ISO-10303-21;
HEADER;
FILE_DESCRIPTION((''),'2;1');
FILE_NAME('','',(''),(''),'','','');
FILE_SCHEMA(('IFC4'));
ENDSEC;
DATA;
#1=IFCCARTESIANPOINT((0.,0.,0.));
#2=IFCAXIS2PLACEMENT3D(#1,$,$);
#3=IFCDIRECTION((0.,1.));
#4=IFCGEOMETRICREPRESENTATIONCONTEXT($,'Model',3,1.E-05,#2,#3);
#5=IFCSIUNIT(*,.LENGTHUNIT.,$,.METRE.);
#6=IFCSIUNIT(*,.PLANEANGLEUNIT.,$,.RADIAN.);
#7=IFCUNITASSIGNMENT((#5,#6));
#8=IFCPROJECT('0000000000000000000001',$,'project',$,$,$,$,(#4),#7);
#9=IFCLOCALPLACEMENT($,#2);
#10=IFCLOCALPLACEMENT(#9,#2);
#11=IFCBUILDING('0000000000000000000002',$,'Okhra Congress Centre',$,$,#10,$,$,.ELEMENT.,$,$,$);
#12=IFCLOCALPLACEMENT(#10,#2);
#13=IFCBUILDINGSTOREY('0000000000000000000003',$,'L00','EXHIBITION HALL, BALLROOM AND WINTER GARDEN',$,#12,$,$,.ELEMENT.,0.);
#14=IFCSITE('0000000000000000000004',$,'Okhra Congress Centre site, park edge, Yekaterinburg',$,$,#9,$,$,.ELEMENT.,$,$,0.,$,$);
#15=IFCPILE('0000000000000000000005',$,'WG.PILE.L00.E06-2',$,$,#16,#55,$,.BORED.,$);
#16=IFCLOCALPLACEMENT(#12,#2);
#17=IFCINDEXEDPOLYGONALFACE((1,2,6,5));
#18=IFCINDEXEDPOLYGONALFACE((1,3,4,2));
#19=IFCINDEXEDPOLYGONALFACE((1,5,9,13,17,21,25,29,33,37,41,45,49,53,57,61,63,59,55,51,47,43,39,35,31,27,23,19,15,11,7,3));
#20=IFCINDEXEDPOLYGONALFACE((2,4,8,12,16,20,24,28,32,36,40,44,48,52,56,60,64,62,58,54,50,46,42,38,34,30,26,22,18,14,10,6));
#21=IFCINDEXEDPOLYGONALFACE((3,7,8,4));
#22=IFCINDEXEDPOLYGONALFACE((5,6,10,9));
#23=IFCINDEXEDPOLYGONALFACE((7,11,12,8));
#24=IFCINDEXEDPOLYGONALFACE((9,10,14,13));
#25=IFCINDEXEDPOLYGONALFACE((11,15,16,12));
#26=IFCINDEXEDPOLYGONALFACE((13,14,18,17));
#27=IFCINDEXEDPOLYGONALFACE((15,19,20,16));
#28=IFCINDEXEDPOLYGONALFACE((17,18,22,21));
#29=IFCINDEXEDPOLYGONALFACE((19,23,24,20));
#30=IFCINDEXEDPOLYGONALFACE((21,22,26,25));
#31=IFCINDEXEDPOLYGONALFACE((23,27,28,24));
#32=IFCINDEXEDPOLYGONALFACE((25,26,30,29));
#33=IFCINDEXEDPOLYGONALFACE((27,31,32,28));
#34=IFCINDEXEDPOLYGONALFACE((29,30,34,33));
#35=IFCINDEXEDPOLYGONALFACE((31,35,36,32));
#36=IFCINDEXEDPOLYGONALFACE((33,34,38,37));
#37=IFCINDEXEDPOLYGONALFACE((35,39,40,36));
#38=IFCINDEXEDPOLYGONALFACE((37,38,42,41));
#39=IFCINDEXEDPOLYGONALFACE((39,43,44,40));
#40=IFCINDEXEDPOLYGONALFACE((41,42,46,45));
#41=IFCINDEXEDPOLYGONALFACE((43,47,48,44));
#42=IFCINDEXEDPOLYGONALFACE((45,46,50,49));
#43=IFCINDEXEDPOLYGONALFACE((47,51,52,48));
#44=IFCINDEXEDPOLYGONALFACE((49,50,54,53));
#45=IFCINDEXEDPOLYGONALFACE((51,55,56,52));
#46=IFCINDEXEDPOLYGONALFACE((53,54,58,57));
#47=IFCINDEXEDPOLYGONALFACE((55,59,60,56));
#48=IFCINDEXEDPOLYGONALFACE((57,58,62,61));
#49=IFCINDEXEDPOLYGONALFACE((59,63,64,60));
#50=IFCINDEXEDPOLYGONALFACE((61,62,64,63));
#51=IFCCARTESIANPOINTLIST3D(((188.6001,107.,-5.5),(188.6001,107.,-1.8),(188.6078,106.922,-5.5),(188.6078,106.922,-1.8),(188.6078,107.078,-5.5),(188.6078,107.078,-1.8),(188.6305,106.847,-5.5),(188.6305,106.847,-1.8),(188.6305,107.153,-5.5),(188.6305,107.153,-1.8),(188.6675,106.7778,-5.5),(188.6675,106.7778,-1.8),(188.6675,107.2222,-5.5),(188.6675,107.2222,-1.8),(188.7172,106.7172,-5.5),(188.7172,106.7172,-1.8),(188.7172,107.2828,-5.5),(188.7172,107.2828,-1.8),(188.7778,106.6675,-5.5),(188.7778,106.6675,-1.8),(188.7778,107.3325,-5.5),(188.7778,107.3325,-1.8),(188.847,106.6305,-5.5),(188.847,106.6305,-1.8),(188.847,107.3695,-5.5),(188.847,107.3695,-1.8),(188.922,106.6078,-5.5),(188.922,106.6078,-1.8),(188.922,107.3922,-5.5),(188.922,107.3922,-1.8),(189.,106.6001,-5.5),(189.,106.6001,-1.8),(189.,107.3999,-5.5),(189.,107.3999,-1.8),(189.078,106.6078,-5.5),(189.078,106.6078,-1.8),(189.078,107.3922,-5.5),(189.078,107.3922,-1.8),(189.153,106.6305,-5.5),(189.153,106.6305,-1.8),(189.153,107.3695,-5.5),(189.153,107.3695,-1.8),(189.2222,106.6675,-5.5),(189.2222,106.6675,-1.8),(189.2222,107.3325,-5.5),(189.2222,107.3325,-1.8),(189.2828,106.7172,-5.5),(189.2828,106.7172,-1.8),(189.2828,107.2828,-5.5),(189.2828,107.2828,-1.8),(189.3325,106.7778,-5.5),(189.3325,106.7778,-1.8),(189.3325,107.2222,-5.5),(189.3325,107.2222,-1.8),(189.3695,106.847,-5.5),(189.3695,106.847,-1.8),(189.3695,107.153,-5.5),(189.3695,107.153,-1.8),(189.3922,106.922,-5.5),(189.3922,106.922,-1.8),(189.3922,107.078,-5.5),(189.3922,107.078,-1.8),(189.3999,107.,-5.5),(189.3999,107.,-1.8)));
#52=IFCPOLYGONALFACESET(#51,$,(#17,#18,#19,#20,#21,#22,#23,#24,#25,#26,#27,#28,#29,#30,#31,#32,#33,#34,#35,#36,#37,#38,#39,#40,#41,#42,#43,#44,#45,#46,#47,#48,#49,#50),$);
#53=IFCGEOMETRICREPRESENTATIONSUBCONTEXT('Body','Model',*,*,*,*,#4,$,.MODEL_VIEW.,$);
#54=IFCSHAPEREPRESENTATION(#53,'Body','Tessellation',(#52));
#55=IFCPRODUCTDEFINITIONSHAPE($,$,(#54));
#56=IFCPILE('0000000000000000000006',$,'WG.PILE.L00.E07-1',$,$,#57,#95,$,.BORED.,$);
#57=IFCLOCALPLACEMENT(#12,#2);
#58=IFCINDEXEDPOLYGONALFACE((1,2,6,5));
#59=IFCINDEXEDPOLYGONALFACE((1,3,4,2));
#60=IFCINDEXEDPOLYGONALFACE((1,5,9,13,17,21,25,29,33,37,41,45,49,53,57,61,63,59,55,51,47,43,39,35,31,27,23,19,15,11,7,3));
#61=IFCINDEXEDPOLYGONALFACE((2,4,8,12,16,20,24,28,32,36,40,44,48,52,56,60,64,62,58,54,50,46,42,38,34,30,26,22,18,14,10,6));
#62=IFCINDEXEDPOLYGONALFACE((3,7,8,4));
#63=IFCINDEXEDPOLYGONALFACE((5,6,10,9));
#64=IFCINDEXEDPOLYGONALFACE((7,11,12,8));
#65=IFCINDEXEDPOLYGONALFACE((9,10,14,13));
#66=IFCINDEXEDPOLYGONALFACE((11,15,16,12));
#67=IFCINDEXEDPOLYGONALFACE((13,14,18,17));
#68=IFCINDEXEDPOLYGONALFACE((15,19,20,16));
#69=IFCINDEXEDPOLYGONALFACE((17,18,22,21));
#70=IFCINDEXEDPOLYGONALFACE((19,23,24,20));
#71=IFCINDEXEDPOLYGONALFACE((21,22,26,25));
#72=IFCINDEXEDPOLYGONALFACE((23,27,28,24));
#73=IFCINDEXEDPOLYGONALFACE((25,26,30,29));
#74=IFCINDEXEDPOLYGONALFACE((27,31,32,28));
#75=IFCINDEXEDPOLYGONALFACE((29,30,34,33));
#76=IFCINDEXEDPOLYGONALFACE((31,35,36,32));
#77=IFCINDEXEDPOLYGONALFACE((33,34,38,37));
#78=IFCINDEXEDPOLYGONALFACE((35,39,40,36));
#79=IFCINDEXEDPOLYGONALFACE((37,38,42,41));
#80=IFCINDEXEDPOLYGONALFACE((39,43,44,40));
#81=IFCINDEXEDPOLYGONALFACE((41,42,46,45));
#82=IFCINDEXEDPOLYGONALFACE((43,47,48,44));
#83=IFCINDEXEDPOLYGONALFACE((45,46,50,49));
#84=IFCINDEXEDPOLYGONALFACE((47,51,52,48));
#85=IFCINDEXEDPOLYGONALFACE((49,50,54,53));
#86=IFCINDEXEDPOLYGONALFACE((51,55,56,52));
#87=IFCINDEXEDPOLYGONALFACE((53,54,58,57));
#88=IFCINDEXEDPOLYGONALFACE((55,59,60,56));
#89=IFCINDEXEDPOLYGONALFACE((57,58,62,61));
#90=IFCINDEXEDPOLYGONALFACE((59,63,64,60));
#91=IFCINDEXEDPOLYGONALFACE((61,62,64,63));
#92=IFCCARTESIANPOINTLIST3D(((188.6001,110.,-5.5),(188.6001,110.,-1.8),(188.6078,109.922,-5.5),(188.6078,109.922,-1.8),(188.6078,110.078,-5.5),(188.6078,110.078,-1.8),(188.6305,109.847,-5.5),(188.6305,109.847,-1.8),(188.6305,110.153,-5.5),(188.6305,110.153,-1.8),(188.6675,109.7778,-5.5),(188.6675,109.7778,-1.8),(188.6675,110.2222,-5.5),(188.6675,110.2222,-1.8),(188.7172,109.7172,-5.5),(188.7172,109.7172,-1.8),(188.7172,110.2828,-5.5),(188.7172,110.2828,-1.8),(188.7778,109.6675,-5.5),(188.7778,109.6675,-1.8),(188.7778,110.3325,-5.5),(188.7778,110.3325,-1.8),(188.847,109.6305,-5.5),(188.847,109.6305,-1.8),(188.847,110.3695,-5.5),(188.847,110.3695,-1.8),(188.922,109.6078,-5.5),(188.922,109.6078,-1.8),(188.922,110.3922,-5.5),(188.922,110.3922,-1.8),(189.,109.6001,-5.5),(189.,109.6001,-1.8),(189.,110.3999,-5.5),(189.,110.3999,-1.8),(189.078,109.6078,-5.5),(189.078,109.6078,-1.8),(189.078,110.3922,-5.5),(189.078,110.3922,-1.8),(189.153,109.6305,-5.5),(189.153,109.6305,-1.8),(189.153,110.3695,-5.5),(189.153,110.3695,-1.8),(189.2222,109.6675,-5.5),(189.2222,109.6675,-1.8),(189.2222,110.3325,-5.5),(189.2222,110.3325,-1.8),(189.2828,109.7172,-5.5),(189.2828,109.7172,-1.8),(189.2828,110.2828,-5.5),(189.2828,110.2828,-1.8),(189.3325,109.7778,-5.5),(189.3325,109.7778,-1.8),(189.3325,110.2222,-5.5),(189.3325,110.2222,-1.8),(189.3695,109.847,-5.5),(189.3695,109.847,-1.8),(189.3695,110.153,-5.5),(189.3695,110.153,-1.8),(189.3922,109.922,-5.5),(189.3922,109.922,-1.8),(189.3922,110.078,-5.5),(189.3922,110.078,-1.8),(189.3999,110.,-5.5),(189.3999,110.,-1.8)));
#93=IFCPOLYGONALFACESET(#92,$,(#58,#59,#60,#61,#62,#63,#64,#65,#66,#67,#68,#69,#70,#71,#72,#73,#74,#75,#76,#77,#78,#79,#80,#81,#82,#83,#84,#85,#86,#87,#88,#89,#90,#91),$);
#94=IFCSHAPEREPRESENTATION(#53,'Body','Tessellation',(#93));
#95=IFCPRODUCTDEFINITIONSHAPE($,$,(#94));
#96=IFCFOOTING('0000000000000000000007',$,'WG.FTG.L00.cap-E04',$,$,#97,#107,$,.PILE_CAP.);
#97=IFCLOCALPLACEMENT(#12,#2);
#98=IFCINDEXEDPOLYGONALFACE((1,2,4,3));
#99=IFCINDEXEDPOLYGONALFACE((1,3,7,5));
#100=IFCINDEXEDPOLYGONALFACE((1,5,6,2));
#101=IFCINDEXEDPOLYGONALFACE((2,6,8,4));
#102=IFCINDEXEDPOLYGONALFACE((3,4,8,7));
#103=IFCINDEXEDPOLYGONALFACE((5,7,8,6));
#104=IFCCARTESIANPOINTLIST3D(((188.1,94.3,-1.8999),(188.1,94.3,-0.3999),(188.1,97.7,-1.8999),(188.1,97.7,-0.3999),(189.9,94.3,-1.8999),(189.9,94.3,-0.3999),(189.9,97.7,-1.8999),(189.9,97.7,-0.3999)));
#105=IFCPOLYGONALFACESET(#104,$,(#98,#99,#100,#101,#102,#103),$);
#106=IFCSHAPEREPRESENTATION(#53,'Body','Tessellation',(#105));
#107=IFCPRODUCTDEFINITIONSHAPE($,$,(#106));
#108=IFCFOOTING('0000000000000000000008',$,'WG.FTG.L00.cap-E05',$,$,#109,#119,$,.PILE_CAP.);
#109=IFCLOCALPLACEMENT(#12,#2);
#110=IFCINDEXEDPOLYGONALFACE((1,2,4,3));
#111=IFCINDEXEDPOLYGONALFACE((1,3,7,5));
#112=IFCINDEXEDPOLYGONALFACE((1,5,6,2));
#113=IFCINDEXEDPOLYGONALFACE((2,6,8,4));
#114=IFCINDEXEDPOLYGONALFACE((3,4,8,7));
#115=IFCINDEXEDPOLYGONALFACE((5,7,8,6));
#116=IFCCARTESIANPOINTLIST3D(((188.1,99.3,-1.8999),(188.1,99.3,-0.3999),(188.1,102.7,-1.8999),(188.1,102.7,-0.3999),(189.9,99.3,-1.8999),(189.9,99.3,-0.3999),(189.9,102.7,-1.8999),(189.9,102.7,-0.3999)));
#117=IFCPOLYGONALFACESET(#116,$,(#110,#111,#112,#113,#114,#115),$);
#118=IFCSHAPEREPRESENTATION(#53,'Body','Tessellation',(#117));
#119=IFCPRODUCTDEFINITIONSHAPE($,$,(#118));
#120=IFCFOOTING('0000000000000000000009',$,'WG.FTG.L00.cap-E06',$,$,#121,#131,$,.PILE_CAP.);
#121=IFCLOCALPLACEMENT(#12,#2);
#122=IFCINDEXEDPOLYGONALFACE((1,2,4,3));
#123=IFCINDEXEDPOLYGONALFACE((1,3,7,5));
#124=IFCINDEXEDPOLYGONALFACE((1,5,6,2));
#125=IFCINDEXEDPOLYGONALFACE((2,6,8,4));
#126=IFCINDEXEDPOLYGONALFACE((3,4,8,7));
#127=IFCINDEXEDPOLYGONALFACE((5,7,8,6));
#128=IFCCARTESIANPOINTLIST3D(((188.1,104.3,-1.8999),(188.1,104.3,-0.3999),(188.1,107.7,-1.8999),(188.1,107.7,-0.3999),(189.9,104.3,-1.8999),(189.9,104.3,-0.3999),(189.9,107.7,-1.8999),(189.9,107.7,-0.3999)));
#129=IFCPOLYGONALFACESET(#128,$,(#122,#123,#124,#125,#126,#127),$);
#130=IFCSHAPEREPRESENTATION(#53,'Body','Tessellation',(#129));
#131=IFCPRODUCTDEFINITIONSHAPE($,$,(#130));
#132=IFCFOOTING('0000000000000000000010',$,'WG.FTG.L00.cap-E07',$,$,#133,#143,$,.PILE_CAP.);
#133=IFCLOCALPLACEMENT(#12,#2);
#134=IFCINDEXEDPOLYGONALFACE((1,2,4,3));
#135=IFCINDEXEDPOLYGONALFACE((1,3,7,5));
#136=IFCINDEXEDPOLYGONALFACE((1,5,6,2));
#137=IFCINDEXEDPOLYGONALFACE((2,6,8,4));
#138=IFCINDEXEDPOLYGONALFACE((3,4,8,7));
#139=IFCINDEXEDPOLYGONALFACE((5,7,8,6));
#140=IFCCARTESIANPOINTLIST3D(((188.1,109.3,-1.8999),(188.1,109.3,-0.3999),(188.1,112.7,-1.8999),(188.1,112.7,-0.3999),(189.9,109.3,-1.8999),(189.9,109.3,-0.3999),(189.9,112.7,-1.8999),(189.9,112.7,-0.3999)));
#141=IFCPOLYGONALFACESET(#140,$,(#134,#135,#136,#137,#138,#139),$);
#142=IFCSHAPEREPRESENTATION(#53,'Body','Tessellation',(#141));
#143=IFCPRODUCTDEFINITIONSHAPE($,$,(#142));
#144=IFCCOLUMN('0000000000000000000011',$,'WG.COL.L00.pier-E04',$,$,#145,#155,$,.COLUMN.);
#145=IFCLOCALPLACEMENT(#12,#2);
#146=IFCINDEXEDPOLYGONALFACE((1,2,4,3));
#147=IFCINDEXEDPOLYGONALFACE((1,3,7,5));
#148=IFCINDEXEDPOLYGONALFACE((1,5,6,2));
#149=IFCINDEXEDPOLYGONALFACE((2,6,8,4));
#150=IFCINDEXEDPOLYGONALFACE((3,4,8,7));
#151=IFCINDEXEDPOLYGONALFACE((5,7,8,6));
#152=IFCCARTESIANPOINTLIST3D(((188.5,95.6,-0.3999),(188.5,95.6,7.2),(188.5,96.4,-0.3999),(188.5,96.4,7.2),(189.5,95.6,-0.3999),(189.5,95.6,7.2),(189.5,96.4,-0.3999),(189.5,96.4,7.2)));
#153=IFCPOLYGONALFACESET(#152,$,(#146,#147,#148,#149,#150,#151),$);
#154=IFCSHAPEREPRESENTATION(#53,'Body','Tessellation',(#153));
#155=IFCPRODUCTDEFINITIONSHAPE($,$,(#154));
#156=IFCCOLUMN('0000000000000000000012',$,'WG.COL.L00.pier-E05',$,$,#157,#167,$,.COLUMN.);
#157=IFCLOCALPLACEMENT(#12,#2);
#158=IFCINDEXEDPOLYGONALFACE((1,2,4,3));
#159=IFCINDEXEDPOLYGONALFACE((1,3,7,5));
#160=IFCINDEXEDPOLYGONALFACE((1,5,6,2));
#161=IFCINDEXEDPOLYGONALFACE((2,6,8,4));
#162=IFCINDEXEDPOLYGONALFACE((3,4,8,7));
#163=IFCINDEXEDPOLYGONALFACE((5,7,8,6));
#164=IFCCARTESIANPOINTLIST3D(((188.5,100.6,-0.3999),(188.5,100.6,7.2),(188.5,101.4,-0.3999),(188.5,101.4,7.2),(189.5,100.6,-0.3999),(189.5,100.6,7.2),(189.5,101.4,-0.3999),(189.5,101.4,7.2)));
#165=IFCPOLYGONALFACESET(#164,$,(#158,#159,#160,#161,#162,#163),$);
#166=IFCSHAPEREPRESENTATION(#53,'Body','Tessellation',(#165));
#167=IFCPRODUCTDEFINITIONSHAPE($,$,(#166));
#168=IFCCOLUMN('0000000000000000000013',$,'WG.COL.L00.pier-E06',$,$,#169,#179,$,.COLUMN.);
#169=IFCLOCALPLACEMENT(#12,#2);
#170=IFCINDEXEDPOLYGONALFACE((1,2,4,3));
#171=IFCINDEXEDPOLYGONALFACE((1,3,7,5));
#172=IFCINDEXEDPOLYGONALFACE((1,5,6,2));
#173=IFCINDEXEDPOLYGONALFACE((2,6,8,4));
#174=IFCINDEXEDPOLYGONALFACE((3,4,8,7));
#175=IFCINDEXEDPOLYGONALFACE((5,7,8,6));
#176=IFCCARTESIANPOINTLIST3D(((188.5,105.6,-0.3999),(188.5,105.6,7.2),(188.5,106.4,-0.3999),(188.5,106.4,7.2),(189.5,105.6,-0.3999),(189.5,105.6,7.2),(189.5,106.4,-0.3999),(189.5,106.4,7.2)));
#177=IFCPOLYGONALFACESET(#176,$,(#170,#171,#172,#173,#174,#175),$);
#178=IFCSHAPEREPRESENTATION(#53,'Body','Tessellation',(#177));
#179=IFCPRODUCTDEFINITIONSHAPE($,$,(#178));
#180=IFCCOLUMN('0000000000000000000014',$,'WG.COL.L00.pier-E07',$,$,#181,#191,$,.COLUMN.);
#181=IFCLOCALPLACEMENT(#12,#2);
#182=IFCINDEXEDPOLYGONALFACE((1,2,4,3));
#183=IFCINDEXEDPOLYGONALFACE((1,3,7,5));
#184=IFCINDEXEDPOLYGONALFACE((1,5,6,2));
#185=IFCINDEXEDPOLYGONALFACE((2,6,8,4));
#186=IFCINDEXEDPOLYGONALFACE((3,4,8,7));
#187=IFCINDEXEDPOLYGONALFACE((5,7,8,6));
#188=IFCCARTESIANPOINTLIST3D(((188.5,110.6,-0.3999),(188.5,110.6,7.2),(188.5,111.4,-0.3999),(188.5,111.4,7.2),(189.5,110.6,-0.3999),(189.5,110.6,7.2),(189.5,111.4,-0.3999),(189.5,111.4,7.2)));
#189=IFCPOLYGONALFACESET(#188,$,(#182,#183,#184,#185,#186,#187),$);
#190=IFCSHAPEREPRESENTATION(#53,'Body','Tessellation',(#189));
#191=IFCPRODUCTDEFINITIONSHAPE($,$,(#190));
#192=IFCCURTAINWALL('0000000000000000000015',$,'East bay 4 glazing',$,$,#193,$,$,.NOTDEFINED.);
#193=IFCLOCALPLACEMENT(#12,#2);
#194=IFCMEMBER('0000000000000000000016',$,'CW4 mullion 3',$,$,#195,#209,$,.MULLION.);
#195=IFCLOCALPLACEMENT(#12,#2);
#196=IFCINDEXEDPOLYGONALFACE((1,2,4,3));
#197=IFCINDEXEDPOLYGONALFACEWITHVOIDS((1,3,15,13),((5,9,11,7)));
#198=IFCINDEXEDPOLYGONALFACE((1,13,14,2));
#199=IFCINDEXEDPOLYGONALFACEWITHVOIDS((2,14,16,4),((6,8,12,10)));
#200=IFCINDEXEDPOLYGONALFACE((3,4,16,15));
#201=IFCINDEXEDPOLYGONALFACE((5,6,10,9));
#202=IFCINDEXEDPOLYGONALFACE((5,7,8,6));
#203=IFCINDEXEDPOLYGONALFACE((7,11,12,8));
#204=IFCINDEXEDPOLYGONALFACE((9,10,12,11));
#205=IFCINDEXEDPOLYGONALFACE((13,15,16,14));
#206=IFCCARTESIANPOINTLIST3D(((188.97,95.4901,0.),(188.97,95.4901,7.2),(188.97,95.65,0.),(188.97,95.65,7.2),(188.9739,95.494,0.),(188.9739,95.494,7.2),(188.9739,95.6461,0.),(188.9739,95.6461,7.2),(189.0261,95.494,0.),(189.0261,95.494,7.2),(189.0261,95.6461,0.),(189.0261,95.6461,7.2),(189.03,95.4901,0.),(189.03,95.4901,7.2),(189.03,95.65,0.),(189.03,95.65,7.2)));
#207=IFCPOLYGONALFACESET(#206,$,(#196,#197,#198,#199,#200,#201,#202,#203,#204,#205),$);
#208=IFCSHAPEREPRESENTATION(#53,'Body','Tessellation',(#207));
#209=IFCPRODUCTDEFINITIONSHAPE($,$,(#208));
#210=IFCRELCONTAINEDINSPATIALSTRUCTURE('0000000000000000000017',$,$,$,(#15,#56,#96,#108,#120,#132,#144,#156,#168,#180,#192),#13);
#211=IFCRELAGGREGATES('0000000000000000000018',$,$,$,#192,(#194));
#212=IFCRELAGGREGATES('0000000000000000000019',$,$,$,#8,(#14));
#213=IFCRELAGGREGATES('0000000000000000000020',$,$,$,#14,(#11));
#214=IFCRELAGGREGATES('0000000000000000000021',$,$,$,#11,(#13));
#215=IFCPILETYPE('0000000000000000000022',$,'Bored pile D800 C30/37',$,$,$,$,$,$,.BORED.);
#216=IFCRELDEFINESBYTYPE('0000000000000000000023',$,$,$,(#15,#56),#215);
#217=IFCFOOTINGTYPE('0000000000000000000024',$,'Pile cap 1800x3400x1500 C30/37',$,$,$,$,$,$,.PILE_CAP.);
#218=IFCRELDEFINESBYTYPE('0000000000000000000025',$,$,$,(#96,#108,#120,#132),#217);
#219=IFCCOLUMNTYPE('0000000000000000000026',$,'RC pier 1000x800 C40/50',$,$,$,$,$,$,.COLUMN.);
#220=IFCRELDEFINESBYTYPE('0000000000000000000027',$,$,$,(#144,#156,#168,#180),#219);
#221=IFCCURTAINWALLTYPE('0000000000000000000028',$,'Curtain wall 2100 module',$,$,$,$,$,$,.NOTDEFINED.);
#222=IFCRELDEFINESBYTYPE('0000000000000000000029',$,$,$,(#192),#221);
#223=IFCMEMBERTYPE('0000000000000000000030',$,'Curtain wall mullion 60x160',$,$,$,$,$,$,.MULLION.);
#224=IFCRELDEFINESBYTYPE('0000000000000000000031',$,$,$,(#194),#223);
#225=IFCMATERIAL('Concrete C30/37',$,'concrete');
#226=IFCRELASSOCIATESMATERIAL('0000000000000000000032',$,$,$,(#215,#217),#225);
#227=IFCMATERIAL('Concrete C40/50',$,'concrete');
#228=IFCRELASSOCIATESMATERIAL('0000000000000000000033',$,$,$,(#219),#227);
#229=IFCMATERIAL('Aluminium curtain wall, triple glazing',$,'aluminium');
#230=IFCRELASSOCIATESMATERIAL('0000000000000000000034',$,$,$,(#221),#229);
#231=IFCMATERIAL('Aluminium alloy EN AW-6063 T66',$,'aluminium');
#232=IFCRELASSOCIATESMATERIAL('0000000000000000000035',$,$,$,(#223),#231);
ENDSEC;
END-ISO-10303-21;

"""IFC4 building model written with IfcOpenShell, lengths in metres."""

from ifc_helpers import new_model, si_unit, direction, frame, origin, origin_2d, place, context, subcontext, project, spatial, rectangle, hollow_rectangle, circle, extrude, material, material_profile, profile_set, type_object, element, aggregate, save


model = new_model("IFC4")

# Units and contexts
model_context = context("Model", 3, precision=1e-05, world=origin(), true_north=direction((0.0, 1.0)))
body_context = subcontext(model_context, "Body", "Model", "MODEL_VIEW")
ifc_project = project(units=[si_unit("LENGTHUNIT", "METRE"), si_unit("PLANEANGLEUNIT", "RADIAN")], contexts=[model_context])

# Site, building, storey
site_placement = place(None, origin())
site = spatial("IfcSite", under=ifc_project, at=site_placement, Name="Okhra Congress Centre site, park edge, Yekaterinburg", CompositionType="ELEMENT", RefElevation=0.0)
building_placement = place(site_placement, origin())
building = spatial("IfcBuilding", under=site, at=building_placement, Name="Okhra Congress Centre", CompositionType="ELEMENT")
storey_placement = place(building_placement, origin())
storey = spatial("IfcBuildingStorey", under=building, at=storey_placement, Name="L00", Description="EXHIBITION HALL, BALLROOM AND WINTER GARDEN", CompositionType="ELEMENT", Elevation=0.0)

# Piles
ifc_material_1 = material(Name="Concrete C30/37", Category="concrete")
ifc_material_profile_1 = material_profile(ifc_material_1, circle(Radius=0.3999, at=origin_2d()), Name="D800")
ifc_profile_set_1 = profile_set([ifc_material_profile_1], Name="Concrete C30/37")
pile_type = type_object("IfcPileType", Name="Bored pile D800 C30/37", PredefinedType="BORED", material=ifc_profile_set_1)
for number, where, z_axis, x_axis, name in (
    (1, (189.0, 107.0, -1.8), (0.0, 0.0, -1.0), (1.0, 0.0, 0.0), "WG.PILE.L00.E06-2"),
    (2, (189.0, 110.0, -1.8), (0.0, 0.0, -1.0), (1.0, 0.0, 0.0), "WG.PILE.L00.E07-1"),
):
    element("IfcPile", number, at=place(storey_placement, frame(where, z_axis=z_axis, x_axis=x_axis)), inside=storey, type_object=pile_type, Name=name, PredefinedType="BORED", context=body_context, shape_type="SweptSolid", body=[
        extrude(circle(Radius=0.3999, at=origin_2d()), origin(), (0.0, 0.0, 1.0), 3.7),
    ])

# Footings
footing_type = type_object("IfcFootingType", Name="Pile cap 1800x3400x1500 C30/37", PredefinedType="PILE_CAP", material=ifc_material_1)
for number, where, z_axis, x_axis, name in (
    (3, (189.0, 96.0, -1.8999), (0.0, 0.0, 1.0), (1.0, 0.0, 0.0), "WG.FTG.L00.cap-E04"),
    (4, (189.0, 101.0, -1.8999), (0.0, 0.0, 1.0), (1.0, 0.0, 0.0), "WG.FTG.L00.cap-E05"),
    (5, (189.0, 106.0, -1.8999), (0.0, 0.0, 1.0), (1.0, 0.0, 0.0), "WG.FTG.L00.cap-E06"),
    (6, (189.0, 111.0, -1.8999), (0.0, 0.0, 1.0), (1.0, 0.0, 0.0), "WG.FTG.L00.cap-E07"),
):
    element("IfcFooting", number, at=place(storey_placement, frame(where, z_axis=z_axis, x_axis=x_axis)), inside=storey, type_object=footing_type, Name=name, PredefinedType="PILE_CAP", context=body_context, shape_type="SweptSolid", body=[
        extrude(rectangle(XDim=1.8, YDim=3.3999, at=origin_2d()), origin(), (0.0, 0.0, 1.0), 1.5),
    ])

# Columns
ifc_material_2 = material(Name="Concrete C40/50", Category="concrete")
ifc_material_profile_2 = material_profile(ifc_material_2, rectangle(XDim=1.0, YDim=0.8, at=origin_2d()), Name="RC 1000x800")
ifc_profile_set_2 = profile_set([ifc_material_profile_2], Name="Concrete C40/50")
column_type = type_object("IfcColumnType", Name="RC pier 1000x800 C40/50", PredefinedType="COLUMN", material=ifc_profile_set_2)
for number, where, z_axis, x_axis, name in (
    (7, (189.0, 96.0, -0.3999), (0.0, 0.0, 1.0), (1.0, 0.0, 0.0), "WG.COL.L00.pier-E04"),
    (8, (189.0, 101.0, -0.3999), (0.0, 0.0, 1.0), (1.0, 0.0, 0.0), "WG.COL.L00.pier-E05"),
    (9, (189.0, 106.0, -0.3999), (0.0, 0.0, 1.0), (1.0, 0.0, 0.0), "WG.COL.L00.pier-E06"),
    (10, (189.0, 111.0, -0.3999), (0.0, 0.0, 1.0), (1.0, 0.0, 0.0), "WG.COL.L00.pier-E07"),
):
    element("IfcColumn", number, at=place(storey_placement, frame(where, z_axis=z_axis, x_axis=x_axis)), inside=storey, type_object=column_type, Name=name, PredefinedType="COLUMN", context=body_context, shape_type="SweptSolid", body=[
        extrude(rectangle(XDim=1.0, YDim=0.8, at=origin_2d()), origin(), (0.0, 0.0, 1.0), 7.5999),
    ])

# Curtain wall, member
ifc_material_3 = material(Name="Aluminium curtain wall, triple glazing", Category="aluminium")
curtain_wall_type = type_object("IfcCurtainWallType", Name="Curtain wall 2100 module", PredefinedType="NOTDEFINED", material=ifc_material_3)
curtain_wall_placement = place(storey_placement, origin())
curtain_wall = element("IfcCurtainWall", 11, at=curtain_wall_placement, inside=storey, type_object=curtain_wall_type, Name="East bay 4 glazing", PredefinedType="NOTDEFINED")
ifc_material_4 = material(Name="Aluminium alloy EN AW-6063 T66", Category="aluminium")
ifc_material_profile_3 = material_profile(ifc_material_4, hollow_rectangle(XDim=0.0601, YDim=0.1599, WallThickness=0.0039, at=origin_2d()), Name="RHS 60x160x4")
ifc_profile_set_3 = profile_set([ifc_material_profile_3], Name="Aluminium alloy EN AW-6063 T66")
member_type_1 = type_object("IfcMemberType", Name="Curtain wall mullion 60x160", PredefinedType="MULLION", material=ifc_profile_set_3)
member_1_placement = place(storey_placement, frame((189.0, 95.5701, 0.0), z_axis=(0.0, 0.0, 1.0), x_axis=(-1.0, 0.0, 0.0)))
member_1 = element("IfcMember", 12, at=member_1_placement, type_object=member_type_1, Name="CW4 mullion 3", PredefinedType="MULLION", context=body_context, shape_type="SweptSolid", body=[
    extrude(hollow_rectangle(XDim=0.0601, YDim=0.1599, WallThickness=0.0039, at=origin_2d()), origin(), (0.0, 0.0, 1.0), 7.2),
])
aggregate(curtain_wall, [member_1])

save(model, "model.ifc")
